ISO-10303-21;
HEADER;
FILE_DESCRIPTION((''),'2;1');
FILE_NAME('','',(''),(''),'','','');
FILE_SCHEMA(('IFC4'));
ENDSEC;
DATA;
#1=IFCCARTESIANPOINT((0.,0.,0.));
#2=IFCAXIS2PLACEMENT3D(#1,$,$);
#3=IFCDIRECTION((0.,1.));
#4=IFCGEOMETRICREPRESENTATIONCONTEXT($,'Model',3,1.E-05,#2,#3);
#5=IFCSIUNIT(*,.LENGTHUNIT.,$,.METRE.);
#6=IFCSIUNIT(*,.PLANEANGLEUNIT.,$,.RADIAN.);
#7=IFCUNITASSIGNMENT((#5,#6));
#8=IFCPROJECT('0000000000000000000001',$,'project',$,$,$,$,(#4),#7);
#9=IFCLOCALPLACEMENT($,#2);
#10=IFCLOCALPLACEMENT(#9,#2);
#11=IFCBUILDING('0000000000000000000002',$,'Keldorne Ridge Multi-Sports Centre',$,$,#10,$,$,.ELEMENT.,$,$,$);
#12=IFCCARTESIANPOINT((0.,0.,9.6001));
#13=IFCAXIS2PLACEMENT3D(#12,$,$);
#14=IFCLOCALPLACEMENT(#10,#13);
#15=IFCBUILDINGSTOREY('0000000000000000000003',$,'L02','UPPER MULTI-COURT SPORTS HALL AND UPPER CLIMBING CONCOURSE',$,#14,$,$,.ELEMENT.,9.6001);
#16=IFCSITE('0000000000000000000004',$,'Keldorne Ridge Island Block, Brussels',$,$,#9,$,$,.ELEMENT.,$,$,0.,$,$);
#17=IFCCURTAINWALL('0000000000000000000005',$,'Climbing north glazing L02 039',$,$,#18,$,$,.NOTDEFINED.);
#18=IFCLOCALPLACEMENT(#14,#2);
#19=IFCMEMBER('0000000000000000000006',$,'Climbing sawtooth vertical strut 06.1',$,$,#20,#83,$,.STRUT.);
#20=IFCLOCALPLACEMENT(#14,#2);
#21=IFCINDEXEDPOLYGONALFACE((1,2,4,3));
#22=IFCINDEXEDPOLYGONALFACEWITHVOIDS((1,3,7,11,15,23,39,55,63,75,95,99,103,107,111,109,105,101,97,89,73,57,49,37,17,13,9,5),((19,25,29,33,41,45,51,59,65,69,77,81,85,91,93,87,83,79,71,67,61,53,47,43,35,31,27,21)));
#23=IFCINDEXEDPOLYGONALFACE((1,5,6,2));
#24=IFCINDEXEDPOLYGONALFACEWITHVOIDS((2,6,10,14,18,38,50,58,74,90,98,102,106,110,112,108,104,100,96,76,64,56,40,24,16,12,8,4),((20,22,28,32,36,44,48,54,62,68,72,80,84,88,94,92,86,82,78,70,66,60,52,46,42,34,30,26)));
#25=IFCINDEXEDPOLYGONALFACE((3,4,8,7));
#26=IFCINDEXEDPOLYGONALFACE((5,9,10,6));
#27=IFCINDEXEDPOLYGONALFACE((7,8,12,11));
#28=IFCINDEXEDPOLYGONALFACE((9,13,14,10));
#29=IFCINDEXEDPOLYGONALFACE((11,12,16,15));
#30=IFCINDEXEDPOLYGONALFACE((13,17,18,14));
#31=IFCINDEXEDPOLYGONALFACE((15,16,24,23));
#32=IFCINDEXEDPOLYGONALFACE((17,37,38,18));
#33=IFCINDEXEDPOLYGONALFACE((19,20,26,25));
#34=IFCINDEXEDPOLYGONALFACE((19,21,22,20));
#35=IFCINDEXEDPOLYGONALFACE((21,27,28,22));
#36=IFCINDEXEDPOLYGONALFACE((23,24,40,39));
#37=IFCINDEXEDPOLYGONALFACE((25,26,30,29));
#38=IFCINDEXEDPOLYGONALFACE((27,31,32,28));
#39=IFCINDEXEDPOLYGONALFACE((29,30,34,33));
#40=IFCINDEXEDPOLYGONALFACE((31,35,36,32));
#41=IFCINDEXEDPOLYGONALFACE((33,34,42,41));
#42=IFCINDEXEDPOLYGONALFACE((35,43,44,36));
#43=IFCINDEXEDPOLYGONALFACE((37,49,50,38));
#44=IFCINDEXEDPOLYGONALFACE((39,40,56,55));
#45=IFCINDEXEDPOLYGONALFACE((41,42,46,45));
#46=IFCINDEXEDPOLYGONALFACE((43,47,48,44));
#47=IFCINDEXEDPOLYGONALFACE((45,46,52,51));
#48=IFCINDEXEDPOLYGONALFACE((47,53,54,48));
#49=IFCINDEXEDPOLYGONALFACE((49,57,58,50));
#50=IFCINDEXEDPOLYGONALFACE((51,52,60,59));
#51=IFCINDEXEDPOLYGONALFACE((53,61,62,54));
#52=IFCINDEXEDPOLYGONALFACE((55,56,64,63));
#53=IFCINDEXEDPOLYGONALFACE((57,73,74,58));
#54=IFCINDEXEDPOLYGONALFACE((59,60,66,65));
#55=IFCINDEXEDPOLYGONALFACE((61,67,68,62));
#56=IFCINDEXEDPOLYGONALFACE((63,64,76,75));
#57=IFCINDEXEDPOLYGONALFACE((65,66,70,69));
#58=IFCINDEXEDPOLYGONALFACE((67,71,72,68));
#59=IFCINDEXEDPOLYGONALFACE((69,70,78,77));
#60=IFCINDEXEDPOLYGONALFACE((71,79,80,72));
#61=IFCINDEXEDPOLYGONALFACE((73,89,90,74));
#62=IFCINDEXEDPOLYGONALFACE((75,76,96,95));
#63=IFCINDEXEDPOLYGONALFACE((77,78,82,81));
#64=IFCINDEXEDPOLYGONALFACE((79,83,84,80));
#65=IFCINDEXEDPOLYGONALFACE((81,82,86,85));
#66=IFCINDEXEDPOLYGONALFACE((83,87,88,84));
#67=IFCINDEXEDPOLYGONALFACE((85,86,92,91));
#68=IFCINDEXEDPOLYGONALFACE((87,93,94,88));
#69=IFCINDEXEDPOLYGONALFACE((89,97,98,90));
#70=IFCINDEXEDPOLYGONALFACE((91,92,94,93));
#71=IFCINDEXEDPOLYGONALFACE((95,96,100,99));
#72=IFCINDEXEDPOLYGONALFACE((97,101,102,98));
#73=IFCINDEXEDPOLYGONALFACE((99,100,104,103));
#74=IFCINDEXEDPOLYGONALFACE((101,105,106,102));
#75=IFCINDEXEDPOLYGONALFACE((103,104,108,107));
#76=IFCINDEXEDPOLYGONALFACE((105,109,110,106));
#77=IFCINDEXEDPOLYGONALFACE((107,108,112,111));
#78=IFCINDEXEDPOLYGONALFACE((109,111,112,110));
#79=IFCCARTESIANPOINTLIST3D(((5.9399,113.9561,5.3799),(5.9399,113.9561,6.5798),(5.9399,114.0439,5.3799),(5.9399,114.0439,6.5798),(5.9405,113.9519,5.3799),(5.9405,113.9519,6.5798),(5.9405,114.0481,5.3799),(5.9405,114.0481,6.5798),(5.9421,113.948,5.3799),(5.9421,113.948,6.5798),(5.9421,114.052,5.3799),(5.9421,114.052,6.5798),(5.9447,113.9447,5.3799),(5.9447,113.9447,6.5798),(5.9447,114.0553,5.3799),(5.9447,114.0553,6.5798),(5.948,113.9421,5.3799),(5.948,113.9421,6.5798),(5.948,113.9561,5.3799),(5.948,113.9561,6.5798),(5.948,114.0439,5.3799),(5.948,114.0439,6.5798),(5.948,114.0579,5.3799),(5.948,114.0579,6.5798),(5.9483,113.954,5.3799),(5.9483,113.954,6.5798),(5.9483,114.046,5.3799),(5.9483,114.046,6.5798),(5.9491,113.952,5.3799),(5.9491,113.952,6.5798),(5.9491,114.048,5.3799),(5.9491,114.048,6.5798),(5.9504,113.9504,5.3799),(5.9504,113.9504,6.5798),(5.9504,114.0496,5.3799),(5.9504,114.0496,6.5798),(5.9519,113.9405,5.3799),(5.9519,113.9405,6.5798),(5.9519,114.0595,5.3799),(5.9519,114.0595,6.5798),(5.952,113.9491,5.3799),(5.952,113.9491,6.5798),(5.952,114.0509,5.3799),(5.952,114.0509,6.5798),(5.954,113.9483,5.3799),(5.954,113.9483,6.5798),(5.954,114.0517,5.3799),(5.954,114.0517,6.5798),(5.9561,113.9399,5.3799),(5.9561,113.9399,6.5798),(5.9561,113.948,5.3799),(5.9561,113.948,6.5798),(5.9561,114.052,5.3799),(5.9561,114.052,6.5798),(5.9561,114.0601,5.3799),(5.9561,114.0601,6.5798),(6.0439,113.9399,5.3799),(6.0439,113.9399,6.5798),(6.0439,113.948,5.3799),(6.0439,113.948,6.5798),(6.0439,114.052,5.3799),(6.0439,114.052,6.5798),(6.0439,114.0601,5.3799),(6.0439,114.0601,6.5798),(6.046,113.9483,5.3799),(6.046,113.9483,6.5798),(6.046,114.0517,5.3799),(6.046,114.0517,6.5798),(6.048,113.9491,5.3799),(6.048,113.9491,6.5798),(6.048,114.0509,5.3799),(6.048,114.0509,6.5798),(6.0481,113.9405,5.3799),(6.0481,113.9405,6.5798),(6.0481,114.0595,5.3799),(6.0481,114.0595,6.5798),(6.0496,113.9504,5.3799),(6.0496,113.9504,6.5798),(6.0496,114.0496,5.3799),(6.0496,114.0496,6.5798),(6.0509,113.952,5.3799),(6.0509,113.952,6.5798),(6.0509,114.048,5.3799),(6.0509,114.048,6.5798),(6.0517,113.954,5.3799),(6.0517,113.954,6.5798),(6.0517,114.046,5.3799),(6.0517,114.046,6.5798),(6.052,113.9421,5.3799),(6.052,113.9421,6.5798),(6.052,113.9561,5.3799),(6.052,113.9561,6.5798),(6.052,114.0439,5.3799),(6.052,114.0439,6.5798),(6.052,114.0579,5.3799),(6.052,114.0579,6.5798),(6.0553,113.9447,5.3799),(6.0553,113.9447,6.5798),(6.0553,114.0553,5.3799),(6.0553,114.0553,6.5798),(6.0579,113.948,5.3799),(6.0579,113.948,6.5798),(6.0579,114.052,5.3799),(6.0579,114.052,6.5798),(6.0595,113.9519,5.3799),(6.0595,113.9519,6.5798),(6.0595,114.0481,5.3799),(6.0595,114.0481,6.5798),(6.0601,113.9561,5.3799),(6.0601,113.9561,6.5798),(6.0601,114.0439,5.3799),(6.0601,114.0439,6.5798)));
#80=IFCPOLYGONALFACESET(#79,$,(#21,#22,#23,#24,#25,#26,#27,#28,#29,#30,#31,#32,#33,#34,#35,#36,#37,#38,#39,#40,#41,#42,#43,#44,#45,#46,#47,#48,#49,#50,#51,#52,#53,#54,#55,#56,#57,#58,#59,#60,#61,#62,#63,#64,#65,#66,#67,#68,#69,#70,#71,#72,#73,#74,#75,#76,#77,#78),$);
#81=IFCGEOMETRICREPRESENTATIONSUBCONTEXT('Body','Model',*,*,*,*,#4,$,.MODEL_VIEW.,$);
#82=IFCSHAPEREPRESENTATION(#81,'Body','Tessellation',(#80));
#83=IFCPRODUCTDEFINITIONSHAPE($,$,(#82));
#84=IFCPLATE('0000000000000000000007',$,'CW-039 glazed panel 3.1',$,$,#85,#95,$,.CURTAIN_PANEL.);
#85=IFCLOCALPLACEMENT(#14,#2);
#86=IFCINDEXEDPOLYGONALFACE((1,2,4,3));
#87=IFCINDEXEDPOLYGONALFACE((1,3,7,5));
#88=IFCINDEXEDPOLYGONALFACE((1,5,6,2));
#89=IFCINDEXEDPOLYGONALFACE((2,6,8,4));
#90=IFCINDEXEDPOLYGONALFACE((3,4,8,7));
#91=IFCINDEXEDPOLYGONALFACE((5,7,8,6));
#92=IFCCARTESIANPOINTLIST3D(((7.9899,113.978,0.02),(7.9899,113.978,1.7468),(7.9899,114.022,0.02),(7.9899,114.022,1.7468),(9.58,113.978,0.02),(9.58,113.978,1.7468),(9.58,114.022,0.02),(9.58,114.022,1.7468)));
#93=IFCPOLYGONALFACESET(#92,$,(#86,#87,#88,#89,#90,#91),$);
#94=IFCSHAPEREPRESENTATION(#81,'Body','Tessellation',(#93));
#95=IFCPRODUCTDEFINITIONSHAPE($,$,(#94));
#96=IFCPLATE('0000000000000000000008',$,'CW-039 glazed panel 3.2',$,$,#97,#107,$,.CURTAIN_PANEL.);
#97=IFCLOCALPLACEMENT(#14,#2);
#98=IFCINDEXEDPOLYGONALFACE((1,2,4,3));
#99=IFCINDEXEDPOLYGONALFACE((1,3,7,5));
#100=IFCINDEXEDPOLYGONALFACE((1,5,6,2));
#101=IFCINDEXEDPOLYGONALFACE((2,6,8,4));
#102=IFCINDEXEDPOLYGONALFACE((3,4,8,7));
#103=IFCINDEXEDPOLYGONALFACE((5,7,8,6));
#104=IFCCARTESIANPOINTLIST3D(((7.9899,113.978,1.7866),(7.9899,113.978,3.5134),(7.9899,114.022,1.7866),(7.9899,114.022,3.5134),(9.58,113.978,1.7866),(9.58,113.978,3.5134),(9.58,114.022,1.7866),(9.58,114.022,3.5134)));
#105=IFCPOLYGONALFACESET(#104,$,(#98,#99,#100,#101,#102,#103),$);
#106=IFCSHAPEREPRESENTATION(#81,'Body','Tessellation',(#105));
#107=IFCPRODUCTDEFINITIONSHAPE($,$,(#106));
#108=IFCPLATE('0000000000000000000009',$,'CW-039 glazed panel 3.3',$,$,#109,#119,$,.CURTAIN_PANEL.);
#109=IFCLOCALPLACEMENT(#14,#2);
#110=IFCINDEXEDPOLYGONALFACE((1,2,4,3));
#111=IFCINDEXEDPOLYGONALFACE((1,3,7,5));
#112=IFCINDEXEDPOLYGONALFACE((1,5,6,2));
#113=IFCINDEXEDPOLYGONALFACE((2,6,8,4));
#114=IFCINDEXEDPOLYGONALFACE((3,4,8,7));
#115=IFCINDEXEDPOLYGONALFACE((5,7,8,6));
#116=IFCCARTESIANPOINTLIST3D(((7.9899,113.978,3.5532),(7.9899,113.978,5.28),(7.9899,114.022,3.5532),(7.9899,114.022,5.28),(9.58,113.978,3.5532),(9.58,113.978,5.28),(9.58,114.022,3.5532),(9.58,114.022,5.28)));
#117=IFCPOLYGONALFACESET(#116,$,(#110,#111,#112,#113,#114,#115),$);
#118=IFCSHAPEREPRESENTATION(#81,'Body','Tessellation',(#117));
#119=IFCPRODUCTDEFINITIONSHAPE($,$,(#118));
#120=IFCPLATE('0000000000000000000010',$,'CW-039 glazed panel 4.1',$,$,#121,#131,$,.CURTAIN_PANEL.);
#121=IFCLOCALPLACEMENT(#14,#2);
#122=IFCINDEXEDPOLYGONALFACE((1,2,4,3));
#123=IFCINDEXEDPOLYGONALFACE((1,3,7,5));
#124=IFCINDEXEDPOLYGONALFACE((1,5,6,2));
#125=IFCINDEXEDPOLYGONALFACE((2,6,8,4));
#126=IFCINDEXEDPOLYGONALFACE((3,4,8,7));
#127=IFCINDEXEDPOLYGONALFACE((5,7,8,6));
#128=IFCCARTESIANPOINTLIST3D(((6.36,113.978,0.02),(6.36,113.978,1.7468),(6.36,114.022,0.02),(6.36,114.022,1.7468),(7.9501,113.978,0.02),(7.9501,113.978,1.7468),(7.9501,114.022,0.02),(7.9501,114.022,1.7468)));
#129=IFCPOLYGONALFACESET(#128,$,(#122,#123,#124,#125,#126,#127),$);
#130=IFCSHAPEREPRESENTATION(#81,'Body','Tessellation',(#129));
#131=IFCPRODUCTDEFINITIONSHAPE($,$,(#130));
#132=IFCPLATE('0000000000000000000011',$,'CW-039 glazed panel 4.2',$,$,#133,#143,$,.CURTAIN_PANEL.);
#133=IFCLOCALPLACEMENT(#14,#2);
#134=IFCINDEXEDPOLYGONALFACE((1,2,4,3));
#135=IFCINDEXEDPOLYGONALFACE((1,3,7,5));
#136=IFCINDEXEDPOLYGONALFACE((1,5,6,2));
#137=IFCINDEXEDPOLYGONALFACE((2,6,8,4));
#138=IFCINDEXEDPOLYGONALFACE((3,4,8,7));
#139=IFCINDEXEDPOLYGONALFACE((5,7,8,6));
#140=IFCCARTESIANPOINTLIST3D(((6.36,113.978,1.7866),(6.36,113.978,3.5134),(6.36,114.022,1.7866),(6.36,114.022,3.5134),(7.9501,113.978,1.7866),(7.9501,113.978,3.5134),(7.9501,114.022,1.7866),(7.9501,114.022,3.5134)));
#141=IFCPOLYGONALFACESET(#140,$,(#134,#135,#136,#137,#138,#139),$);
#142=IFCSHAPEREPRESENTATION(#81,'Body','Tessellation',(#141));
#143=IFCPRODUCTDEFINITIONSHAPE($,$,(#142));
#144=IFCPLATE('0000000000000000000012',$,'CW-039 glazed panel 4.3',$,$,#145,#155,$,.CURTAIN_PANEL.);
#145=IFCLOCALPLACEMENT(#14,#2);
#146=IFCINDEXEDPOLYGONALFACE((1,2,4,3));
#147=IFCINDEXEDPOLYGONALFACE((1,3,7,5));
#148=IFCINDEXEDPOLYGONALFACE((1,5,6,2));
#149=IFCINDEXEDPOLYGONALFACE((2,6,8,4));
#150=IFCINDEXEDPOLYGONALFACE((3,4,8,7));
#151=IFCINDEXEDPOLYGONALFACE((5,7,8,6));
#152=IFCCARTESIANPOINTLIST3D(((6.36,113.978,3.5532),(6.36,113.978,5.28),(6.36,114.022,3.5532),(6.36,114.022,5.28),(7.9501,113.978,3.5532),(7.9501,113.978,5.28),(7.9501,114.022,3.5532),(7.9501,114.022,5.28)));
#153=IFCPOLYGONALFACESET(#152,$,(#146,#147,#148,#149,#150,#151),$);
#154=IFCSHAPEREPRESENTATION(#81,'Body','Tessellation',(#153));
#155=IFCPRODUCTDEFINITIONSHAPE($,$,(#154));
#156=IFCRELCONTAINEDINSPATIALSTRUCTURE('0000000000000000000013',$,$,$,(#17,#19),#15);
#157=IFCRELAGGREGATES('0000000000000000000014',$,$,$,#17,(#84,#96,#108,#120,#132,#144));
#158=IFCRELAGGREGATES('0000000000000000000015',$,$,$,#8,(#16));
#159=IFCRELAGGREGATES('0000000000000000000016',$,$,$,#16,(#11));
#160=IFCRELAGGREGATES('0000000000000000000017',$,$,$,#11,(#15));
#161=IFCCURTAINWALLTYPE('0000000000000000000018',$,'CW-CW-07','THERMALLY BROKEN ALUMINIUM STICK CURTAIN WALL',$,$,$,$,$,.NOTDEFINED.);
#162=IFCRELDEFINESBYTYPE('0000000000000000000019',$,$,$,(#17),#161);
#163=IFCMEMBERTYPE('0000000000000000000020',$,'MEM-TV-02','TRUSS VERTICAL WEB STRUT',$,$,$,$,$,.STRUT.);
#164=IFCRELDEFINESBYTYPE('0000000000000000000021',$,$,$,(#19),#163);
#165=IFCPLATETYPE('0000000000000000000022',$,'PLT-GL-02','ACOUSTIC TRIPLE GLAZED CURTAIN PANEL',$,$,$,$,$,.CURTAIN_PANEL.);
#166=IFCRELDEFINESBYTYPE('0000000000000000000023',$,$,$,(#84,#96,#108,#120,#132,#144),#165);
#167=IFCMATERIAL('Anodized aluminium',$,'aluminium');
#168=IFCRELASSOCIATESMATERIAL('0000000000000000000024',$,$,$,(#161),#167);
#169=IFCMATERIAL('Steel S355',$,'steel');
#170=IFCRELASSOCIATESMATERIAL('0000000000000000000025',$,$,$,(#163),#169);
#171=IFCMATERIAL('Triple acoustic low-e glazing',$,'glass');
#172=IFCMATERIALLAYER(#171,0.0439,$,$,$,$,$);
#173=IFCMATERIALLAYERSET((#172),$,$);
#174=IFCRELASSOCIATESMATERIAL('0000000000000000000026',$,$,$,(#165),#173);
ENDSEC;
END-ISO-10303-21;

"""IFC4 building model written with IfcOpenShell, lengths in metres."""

from ifc_helpers import new_model, si_unit, direction, frame, origin, origin_2d, place, context, subcontext, project, spatial, rectangle, hollow_rectangle, extrude, material, layer, layer_set, material_profile, profile_set, type_object, element, aggregate, save


model = new_model("IFC4")

# Units and contexts
model_context = context("Model", 3, precision=1e-05, world=origin(), true_north=direction((0.0, 1.0)))
body_context = subcontext(model_context, "Body", "Model", "MODEL_VIEW")
ifc_project = project(units=[si_unit("LENGTHUNIT", "METRE"), si_unit("PLANEANGLEUNIT", "RADIAN")], contexts=[model_context])

# Site, building, storey
site_placement = place(None, origin())
site = spatial("IfcSite", under=ifc_project, at=site_placement, Name="Keldorne Ridge Island Block, Brussels", CompositionType="ELEMENT", RefElevation=0.0)
building_placement = place(site_placement, origin())
building = spatial("IfcBuilding", under=site, at=building_placement, Name="Keldorne Ridge Multi-Sports Centre", CompositionType="ELEMENT")
storey_placement = place(building_placement, frame((0.0, 0.0, 9.6001)))
storey = spatial("IfcBuildingStorey", under=building, at=storey_placement, Name="L02", Description="UPPER MULTI-COURT SPORTS HALL AND UPPER CLIMBING CONCOURSE", CompositionType="ELEMENT", Elevation=9.6001)

# Shared definitions
ifc_material_1 = material(Name="Steel S355", Category="steel")

# Curtain wall
ifc_material_2 = material(Name="Anodized aluminium", Category="aluminium")
curtain_wall_type = type_object("IfcCurtainWallType", Name="CW-CW-07", Description="THERMALLY BROKEN ALUMINIUM STICK CURTAIN WALL", PredefinedType="NOTDEFINED", material=ifc_material_2)
curtain_wall_placement = place(storey_placement, origin())
curtain_wall = element("IfcCurtainWall", 1, at=curtain_wall_placement, inside=storey, type_object=curtain_wall_type, Name="Climbing north glazing L02 039", PredefinedType="NOTDEFINED")

# Member
ifc_material_profile_1 = material_profile(ifc_material_1, hollow_rectangle(XDim=0.1201, YDim=0.1201, WallThickness=0.0081, InnerFilletRadius=0.0081, OuterFilletRadius=0.0161, at=origin_2d()), Name="SHS 120x120x8")
ifc_profile_set_1 = profile_set([ifc_material_profile_1], Name="Steel S355")
member_type_1 = type_object("IfcMemberType", Name="MEM-TV-02", Description="TRUSS VERTICAL WEB STRUT", PredefinedType="STRUT", material=ifc_profile_set_1)
member_1_placement = place(storey_placement, frame((6.0, 114.0, 5.3799), z_axis=(0.0, 0.0, 1.0), x_axis=(1.0, 0.0, 0.0)))
element("IfcMember", 2, at=member_1_placement, inside=storey, type_object=member_type_1, Name="Climbing sawtooth vertical strut 06.1", PredefinedType="STRUT", context=body_context, shape_type="SweptSolid", body=[
    extrude(hollow_rectangle(XDim=0.1201, YDim=0.1201, WallThickness=0.0081, InnerFilletRadius=0.0081, OuterFilletRadius=0.0161, at=origin_2d()), origin(), (0.0, 0.0, 1.0), 1.2),
])

# Plates
ifc_material_3 = material(Name="Triple acoustic low-e glazing", Category="glass")
ifc_layer = layer(ifc_material_3, 0.0439)
ifc_layer_set = layer_set([ifc_layer])
plate_type = type_object("IfcPlateType", Name="PLT-GL-02", Description="ACOUSTIC TRIPLE GLAZED CURTAIN PANEL", PredefinedType="CURTAIN_PANEL", material=ifc_layer_set)
plate_1_placement = place(storey_placement, frame((8.7849, 114.0, 0.02), z_axis=(0.0, 0.0, 1.0), x_axis=(-1.0, 0.0, 0.0)))
plate_1 = element("IfcPlate", 3, at=plate_1_placement, type_object=plate_type, Name="CW-039 glazed panel 3.1", PredefinedType="CURTAIN_PANEL", context=body_context, shape_type="SweptSolid", body=[
    extrude(rectangle(XDim=1.5901, YDim=0.0439, at=origin_2d()), origin(), (0.0, 0.0, 1.0), 1.7268),
])
plate_2_placement = place(storey_placement, frame((8.7849, 114.0, 1.7866), z_axis=(0.0, 0.0, 1.0), x_axis=(-1.0, 0.0, 0.0)))
plate_2 = element("IfcPlate", 4, at=plate_2_placement, type_object=plate_type, Name="CW-039 glazed panel 3.2", PredefinedType="CURTAIN_PANEL", context=body_context, shape_type="SweptSolid", body=[
    extrude(rectangle(XDim=1.5901, YDim=0.0439, at=origin_2d()), origin(), (0.0, 0.0, 1.0), 1.7268),
])
plate_3_placement = place(storey_placement, frame((8.7849, 114.0, 3.5532), z_axis=(0.0, 0.0, 1.0), x_axis=(-1.0, 0.0, 0.0)))
plate_3 = element("IfcPlate", 5, at=plate_3_placement, type_object=plate_type, Name="CW-039 glazed panel 3.3", PredefinedType="CURTAIN_PANEL", context=body_context, shape_type="SweptSolid", body=[
    extrude(rectangle(XDim=1.5901, YDim=0.0439, at=origin_2d()), origin(), (0.0, 0.0, 1.0), 1.7268),
])
plate_4_placement = place(storey_placement, frame((7.155, 114.0, 0.02), z_axis=(0.0, 0.0, 1.0), x_axis=(-1.0, 0.0, 0.0)))
plate_4 = element("IfcPlate", 6, at=plate_4_placement, type_object=plate_type, Name="CW-039 glazed panel 4.1", PredefinedType="CURTAIN_PANEL", context=body_context, shape_type="SweptSolid", body=[
    extrude(rectangle(XDim=1.5901, YDim=0.0439, at=origin_2d()), origin(), (0.0, 0.0, 1.0), 1.7268),
])
plate_5_placement = place(storey_placement, frame((7.155, 114.0, 1.7866), z_axis=(0.0, 0.0, 1.0), x_axis=(-1.0, 0.0, 0.0)))
plate_5 = element("IfcPlate", 7, at=plate_5_placement, type_object=plate_type, Name="CW-039 glazed panel 4.2", PredefinedType="CURTAIN_PANEL", context=body_context, shape_type="SweptSolid", body=[
    extrude(rectangle(XDim=1.5901, YDim=0.0439, at=origin_2d()), origin(), (0.0, 0.0, 1.0), 1.7268),
])
plate_6_placement = place(storey_placement, frame((7.155, 114.0, 3.5532), z_axis=(0.0, 0.0, 1.0), x_axis=(-1.0, 0.0, 0.0)))
plate_6 = element("IfcPlate", 8, at=plate_6_placement, type_object=plate_type, Name="CW-039 glazed panel 4.3", PredefinedType="CURTAIN_PANEL", context=body_context, shape_type="SweptSolid", body=[
    extrude(rectangle(XDim=1.5901, YDim=0.0439, at=origin_2d()), origin(), (0.0, 0.0, 1.0), 1.7268),
])
aggregate(curtain_wall, [plate_1, plate_2, plate_3, plate_4, plate_5, plate_6])

save(model, "model.ifc")
